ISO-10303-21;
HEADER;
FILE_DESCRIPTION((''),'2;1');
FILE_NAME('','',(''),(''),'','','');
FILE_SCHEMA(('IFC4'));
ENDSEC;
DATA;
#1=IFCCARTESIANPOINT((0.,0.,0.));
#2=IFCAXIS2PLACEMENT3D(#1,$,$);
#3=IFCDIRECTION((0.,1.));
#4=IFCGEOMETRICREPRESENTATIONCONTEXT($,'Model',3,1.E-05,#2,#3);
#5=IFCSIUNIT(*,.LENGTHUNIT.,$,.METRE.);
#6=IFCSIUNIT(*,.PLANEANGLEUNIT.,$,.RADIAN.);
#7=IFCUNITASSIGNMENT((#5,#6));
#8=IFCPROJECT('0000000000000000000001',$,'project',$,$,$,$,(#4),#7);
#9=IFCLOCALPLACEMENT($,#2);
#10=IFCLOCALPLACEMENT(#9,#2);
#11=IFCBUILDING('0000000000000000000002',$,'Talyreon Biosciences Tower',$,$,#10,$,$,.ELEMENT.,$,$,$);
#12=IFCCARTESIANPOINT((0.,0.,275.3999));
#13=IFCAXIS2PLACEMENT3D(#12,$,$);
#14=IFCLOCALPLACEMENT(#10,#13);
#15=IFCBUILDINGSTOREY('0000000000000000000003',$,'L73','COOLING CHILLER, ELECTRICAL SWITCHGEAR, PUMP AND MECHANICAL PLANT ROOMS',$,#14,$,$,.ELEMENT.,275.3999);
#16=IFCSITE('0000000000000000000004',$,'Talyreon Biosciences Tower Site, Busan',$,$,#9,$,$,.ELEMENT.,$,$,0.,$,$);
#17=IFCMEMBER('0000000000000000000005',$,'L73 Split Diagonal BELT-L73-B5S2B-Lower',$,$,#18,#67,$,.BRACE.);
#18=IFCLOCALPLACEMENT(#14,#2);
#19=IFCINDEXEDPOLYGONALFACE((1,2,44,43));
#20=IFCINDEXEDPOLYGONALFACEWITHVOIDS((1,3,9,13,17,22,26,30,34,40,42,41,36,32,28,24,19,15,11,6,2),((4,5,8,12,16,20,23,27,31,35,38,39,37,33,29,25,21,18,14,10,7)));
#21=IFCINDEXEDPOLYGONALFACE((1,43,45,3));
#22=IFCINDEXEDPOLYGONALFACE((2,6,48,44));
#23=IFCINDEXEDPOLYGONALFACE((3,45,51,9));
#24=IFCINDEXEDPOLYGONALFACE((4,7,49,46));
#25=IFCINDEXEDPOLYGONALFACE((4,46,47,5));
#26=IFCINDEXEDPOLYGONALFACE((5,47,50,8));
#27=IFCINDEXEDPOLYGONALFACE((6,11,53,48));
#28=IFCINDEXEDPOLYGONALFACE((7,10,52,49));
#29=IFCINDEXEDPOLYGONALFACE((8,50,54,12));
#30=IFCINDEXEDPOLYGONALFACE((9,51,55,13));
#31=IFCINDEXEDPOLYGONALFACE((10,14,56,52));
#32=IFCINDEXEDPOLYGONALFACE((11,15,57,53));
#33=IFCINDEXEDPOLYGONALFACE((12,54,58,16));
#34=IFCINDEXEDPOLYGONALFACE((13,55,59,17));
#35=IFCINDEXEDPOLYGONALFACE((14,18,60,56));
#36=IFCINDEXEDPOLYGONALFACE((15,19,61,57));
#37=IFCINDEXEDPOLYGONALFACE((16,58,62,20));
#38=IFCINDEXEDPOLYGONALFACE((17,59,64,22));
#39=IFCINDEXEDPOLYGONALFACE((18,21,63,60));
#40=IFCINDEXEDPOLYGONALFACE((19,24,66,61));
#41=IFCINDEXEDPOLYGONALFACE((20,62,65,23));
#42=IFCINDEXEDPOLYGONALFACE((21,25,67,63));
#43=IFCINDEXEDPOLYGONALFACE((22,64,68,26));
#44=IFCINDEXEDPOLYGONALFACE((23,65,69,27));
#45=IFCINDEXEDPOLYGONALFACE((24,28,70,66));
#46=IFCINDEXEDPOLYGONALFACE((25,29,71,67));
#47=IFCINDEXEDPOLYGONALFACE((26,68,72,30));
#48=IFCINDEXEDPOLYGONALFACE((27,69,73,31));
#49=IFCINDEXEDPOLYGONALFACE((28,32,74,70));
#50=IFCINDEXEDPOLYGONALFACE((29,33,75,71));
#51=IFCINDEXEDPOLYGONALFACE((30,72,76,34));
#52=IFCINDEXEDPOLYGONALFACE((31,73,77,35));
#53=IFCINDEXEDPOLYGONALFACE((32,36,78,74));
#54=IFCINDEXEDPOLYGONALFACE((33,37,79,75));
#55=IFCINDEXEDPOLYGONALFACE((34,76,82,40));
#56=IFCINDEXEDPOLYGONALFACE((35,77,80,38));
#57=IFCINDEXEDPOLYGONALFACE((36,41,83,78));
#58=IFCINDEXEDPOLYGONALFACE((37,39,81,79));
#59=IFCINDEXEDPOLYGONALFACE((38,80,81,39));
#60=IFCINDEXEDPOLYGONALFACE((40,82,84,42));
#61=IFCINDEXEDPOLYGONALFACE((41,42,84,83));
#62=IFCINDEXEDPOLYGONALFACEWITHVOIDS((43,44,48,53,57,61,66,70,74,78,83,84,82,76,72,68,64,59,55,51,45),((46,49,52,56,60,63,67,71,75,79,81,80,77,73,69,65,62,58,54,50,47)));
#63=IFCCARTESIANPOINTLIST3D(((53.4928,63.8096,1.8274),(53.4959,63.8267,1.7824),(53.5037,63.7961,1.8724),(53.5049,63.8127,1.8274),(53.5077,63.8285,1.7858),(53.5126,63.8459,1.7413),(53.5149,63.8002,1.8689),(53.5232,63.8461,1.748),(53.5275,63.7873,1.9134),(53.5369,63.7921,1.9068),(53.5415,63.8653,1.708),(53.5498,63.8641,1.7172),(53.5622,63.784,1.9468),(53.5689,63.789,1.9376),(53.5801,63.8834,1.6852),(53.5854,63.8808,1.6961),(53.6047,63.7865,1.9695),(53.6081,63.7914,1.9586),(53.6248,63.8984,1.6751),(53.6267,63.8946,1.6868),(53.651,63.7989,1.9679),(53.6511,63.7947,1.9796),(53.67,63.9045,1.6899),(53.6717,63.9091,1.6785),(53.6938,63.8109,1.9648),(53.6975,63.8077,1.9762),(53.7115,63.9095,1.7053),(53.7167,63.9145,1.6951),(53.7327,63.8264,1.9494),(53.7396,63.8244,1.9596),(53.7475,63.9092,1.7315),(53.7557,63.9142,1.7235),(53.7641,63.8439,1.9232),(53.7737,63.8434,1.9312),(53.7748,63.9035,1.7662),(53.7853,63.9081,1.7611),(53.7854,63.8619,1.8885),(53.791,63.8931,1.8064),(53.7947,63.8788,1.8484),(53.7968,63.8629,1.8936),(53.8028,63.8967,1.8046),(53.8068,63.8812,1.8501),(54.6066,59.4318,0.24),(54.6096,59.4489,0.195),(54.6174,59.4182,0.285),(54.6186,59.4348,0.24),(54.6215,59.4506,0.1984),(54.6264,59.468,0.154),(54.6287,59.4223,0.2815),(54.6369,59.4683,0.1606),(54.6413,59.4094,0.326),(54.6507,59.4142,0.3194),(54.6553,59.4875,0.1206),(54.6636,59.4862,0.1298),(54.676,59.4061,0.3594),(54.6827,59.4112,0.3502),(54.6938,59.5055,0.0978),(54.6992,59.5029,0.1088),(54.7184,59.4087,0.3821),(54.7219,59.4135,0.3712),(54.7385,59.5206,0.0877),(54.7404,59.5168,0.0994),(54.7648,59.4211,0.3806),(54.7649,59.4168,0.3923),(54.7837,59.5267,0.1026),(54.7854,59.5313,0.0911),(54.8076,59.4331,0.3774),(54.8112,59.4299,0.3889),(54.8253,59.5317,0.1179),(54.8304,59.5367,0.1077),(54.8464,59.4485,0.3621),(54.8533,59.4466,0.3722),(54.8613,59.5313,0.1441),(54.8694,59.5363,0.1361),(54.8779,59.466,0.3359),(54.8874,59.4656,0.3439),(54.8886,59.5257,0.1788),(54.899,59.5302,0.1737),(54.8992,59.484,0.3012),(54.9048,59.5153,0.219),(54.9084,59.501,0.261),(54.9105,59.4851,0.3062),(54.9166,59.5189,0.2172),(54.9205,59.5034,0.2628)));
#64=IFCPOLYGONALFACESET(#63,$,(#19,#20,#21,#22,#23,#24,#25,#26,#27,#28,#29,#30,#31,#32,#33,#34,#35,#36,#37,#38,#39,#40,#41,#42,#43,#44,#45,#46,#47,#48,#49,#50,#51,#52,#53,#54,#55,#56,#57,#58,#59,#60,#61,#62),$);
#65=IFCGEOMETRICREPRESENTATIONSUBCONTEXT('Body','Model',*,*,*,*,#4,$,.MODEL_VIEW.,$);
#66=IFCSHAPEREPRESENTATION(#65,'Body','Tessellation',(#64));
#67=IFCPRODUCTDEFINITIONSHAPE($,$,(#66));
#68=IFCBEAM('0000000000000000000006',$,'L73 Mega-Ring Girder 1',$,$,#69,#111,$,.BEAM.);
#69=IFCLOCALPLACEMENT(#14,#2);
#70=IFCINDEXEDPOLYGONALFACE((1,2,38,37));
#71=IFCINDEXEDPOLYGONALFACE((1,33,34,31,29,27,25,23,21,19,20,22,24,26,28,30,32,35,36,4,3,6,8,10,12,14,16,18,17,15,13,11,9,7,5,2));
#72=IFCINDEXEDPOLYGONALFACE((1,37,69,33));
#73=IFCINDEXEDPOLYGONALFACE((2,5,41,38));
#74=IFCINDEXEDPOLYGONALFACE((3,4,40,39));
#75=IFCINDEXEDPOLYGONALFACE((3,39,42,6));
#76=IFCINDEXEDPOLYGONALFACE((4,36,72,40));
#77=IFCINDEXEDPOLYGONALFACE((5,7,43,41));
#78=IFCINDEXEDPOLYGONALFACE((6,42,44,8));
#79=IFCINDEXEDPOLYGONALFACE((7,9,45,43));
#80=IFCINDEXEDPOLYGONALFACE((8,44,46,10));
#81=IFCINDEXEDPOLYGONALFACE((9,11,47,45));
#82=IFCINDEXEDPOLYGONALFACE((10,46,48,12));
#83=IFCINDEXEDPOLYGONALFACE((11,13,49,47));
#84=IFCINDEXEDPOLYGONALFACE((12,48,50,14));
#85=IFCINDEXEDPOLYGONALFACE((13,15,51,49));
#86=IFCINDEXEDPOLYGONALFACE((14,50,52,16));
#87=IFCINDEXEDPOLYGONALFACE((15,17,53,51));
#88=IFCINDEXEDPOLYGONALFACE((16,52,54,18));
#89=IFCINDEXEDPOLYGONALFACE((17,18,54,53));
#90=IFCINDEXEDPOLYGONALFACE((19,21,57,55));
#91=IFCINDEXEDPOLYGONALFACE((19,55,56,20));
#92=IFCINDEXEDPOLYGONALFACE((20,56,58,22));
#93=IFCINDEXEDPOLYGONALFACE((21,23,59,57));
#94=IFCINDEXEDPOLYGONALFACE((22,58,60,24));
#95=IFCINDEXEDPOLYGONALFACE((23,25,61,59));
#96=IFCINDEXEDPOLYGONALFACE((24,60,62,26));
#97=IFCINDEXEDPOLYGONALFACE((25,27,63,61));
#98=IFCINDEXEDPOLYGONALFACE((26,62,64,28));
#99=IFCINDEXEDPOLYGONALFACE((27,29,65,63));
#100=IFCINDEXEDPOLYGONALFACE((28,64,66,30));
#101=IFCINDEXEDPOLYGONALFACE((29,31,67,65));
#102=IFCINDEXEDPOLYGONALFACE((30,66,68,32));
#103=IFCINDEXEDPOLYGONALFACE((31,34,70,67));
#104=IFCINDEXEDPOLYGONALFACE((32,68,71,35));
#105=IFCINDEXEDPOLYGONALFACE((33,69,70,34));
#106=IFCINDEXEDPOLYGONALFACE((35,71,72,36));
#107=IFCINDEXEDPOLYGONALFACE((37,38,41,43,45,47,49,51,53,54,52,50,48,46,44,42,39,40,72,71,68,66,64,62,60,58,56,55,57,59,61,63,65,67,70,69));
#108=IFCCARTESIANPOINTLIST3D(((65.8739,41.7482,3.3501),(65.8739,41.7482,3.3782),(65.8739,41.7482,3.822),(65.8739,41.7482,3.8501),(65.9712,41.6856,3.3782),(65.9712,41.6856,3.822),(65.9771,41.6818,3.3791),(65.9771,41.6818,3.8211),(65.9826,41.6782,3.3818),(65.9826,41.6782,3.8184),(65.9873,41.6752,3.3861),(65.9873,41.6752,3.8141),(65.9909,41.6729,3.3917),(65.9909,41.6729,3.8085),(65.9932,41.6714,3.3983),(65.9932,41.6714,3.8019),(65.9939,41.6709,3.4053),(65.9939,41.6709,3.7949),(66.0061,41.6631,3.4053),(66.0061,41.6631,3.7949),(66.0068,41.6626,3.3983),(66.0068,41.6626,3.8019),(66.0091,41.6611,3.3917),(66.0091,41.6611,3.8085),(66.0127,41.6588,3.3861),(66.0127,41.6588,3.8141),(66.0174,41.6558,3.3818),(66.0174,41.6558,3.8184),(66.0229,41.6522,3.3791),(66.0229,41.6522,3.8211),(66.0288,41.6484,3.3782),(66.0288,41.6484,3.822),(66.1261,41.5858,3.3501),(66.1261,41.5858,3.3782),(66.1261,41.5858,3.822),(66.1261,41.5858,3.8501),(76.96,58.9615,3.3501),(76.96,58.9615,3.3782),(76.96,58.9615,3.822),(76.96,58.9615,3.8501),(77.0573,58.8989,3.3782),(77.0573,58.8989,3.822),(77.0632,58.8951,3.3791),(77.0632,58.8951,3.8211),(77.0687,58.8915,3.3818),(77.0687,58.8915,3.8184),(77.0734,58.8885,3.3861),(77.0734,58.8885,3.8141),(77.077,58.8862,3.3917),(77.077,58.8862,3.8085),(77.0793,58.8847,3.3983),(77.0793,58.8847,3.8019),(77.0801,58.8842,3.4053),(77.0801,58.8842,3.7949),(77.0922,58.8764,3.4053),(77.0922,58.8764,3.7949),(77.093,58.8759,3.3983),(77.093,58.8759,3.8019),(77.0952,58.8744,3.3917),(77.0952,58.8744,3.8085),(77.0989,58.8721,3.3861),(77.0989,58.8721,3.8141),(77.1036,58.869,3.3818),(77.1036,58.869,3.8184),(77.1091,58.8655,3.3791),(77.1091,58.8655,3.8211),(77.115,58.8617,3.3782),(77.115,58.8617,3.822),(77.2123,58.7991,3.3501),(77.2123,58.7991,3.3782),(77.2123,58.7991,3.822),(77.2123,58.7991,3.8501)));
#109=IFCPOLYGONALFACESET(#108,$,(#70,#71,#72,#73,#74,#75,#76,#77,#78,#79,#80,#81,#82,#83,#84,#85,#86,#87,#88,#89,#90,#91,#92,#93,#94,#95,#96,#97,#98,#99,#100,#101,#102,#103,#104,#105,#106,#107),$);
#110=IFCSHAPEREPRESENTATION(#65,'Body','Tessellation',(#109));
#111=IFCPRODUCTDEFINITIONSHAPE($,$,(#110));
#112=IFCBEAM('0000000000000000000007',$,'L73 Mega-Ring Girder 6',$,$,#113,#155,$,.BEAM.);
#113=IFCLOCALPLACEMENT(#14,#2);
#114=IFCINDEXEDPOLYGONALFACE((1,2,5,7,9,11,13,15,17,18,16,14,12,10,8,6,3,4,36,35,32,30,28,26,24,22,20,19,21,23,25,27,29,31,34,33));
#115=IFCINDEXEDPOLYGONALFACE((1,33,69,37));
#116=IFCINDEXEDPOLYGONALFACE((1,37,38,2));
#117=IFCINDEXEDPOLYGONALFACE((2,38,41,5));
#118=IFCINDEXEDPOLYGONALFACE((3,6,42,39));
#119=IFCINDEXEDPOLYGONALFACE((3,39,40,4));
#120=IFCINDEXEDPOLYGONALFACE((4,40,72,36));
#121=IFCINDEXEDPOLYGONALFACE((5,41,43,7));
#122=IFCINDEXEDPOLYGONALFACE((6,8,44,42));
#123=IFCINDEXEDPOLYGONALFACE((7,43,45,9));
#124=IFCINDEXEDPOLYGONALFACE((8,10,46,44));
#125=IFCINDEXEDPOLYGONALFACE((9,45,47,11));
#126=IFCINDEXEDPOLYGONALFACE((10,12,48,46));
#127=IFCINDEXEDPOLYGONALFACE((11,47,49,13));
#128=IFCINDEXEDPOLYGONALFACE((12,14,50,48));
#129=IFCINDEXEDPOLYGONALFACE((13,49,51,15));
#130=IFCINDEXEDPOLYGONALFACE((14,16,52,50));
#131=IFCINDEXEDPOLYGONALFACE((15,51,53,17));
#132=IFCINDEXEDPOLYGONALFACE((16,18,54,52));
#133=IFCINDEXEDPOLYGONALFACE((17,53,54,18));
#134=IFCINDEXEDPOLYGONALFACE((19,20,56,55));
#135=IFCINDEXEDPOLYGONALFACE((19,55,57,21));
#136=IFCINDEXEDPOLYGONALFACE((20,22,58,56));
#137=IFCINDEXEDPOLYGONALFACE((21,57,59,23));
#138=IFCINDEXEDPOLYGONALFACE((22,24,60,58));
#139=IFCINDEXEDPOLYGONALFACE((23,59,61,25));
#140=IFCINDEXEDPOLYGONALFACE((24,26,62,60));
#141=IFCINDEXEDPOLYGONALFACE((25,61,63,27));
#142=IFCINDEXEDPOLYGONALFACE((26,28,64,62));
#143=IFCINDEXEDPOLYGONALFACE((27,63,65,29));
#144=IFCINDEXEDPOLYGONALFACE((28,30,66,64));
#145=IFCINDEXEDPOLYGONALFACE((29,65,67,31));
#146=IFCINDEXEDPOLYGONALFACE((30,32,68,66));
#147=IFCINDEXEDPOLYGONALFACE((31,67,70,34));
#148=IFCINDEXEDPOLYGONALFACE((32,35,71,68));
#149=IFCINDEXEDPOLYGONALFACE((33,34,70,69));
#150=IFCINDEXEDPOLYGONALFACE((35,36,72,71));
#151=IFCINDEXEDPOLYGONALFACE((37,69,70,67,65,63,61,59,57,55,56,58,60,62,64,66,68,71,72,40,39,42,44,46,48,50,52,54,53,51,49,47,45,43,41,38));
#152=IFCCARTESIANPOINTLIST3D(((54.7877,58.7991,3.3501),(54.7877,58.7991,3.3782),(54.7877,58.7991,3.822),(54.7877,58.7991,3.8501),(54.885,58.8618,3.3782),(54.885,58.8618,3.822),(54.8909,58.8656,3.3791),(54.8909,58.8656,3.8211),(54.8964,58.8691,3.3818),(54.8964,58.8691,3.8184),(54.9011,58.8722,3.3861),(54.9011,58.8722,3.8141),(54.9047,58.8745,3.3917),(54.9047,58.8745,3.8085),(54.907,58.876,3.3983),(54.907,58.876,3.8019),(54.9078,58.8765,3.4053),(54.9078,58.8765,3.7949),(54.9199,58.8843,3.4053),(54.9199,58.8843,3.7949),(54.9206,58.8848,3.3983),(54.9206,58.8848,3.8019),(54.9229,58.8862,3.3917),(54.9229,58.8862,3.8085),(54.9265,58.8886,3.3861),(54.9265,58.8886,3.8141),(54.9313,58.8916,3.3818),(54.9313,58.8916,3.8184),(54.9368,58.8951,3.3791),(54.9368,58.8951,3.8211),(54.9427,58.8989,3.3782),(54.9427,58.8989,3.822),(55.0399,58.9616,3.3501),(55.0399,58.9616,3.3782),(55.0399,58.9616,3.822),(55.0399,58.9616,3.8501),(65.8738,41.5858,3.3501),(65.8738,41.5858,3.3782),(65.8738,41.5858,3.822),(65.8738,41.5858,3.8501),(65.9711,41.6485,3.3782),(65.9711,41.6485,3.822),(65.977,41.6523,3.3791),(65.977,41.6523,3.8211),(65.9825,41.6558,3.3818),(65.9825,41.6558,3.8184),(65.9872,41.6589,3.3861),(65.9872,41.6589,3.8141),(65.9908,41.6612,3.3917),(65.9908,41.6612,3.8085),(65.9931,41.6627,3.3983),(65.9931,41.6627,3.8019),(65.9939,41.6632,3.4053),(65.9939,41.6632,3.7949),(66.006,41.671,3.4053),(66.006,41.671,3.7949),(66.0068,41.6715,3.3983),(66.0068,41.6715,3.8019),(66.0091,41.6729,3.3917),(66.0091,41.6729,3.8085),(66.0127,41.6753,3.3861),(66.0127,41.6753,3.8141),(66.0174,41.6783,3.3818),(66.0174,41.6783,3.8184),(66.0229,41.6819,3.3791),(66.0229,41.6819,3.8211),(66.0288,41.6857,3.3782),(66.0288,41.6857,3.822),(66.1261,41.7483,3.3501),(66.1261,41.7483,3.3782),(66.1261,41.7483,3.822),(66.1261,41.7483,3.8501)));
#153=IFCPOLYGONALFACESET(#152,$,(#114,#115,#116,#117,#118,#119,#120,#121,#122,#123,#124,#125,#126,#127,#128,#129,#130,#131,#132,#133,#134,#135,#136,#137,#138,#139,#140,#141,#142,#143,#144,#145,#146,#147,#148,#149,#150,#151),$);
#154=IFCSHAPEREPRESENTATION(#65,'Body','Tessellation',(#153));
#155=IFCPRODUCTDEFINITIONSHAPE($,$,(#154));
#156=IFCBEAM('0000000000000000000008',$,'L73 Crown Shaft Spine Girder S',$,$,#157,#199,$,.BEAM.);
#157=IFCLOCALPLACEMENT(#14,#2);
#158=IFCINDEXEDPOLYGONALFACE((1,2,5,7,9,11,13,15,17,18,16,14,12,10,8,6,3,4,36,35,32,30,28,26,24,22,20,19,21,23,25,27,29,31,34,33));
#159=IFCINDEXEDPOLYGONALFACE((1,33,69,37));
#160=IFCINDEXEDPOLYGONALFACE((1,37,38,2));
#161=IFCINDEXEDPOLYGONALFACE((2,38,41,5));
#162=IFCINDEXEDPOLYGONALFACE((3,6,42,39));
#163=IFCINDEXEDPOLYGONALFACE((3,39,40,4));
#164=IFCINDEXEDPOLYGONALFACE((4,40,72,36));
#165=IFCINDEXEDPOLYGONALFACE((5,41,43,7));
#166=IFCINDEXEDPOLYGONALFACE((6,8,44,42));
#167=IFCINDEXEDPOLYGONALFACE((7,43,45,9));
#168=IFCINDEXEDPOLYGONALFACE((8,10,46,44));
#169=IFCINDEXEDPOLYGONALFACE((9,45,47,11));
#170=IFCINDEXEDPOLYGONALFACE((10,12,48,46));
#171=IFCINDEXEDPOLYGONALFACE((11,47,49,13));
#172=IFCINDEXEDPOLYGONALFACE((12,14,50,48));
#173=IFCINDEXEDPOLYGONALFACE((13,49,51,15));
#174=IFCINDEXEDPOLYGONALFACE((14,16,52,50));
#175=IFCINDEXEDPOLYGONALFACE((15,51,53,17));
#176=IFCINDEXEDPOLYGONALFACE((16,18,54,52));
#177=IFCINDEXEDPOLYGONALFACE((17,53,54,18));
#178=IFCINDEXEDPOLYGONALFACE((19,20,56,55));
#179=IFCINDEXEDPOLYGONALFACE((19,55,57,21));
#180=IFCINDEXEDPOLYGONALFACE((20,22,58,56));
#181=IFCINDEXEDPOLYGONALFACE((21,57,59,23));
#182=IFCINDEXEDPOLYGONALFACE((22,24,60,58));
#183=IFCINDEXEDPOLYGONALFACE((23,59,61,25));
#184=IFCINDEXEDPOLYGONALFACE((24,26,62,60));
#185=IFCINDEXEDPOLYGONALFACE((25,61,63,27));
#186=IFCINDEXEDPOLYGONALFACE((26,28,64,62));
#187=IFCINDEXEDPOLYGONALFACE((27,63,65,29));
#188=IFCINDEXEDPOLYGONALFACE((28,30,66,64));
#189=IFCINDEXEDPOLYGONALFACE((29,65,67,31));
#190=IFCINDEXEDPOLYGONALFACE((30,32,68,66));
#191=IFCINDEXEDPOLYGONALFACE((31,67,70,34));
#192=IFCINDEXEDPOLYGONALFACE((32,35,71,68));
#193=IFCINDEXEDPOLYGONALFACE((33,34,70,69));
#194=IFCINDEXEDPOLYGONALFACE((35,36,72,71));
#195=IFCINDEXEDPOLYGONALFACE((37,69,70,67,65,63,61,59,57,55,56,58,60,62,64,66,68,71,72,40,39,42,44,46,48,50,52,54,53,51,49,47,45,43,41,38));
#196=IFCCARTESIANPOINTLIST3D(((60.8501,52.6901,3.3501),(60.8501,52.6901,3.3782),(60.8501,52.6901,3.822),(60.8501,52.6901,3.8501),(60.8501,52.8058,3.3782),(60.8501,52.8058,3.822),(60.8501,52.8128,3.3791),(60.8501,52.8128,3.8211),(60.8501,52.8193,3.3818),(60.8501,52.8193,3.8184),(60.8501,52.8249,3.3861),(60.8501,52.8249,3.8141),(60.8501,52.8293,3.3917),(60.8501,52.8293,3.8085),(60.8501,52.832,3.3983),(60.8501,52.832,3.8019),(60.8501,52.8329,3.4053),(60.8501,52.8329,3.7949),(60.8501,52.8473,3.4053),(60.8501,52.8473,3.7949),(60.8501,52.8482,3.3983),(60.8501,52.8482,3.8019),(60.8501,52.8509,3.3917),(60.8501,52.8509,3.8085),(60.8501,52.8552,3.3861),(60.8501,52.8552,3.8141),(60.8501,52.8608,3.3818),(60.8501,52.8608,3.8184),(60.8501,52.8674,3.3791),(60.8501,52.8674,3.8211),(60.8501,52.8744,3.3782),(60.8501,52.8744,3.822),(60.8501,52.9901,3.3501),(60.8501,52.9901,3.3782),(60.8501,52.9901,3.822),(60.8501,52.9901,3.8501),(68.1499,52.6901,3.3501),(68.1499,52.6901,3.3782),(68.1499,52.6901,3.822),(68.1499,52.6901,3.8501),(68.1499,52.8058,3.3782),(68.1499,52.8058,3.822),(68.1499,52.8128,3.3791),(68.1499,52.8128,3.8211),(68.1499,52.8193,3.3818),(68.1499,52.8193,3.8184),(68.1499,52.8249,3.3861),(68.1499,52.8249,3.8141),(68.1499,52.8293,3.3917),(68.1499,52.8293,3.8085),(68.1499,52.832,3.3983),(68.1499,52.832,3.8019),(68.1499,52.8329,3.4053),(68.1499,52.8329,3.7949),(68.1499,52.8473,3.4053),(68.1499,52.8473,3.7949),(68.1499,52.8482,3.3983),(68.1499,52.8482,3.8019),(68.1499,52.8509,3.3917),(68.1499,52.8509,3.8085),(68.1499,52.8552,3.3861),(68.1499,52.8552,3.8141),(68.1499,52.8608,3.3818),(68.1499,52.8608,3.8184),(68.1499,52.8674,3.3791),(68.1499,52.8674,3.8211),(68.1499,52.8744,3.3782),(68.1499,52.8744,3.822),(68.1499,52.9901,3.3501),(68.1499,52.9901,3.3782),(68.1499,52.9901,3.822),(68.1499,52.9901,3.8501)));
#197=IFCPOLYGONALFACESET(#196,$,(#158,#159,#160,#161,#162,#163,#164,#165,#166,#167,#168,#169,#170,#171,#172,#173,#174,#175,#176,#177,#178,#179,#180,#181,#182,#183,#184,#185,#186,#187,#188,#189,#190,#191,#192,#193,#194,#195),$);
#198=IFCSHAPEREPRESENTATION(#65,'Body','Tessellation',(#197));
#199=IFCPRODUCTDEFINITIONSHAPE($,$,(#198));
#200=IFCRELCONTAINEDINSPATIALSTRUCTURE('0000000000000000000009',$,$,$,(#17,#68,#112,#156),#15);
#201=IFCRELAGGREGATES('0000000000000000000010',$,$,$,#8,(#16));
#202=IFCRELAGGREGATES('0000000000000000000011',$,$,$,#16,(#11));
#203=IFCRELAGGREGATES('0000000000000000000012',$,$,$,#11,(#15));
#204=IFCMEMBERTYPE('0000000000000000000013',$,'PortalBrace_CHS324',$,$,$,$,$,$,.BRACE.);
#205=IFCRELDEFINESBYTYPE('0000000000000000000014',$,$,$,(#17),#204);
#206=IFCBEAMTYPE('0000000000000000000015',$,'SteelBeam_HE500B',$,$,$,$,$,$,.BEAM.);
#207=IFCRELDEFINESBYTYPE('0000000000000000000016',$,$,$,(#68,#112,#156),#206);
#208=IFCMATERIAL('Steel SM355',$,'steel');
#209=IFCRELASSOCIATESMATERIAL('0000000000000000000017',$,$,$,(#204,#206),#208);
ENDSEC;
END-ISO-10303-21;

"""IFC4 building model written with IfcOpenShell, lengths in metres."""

from ifc_helpers import new_model, si_unit, direction, frame, origin, origin_2d, place, context, subcontext, project, spatial, hollow_circle, i_section, extrude, material, material_profile, profile_set, type_object, element, save


model = new_model("IFC4")

# Units and contexts
model_context = context("Model", 3, precision=1e-05, world=origin(), true_north=direction((0.0, 1.0)))
body_context = subcontext(model_context, "Body", "Model", "MODEL_VIEW")
ifc_project = project(units=[si_unit("LENGTHUNIT", "METRE"), si_unit("PLANEANGLEUNIT", "RADIAN")], contexts=[model_context])

# Site, building, storey
site_placement = place(None, origin())
site = spatial("IfcSite", under=ifc_project, at=site_placement, Name="Talyreon Biosciences Tower Site, Busan", CompositionType="ELEMENT", RefElevation=0.0)
building_placement = place(site_placement, origin())
building = spatial("IfcBuilding", under=site, at=building_placement, Name="Talyreon Biosciences Tower", CompositionType="ELEMENT")
storey_placement = place(building_placement, frame((0.0, 0.0, 275.3999)))
storey = spatial("IfcBuildingStorey", under=building, at=storey_placement, Name="L73", Description="COOLING CHILLER, ELECTRICAL SWITCHGEAR, PUMP AND MECHANICAL PLANT ROOMS", CompositionType="ELEMENT", Elevation=275.3999)

# Shared definitions
ifc_material_1 = material(Name="Steel SM355", Category="steel")

# Member
ifc_material_profile_1 = material_profile(ifc_material_1, hollow_circle(Radius=0.1619, WallThickness=0.0125, at=origin_2d()), Name="CHS 323.9x12.5")
ifc_profile_set_1 = profile_set([ifc_material_profile_1], Name="Steel SM355")
member_type_1 = type_object("IfcMemberType", Name="PortalBrace_CHS324", PredefinedType="BRACE", material=ifc_profile_set_1)
member_1_placement = place(storey_placement, frame((54.7634, 59.4717, 0.24), z_axis=(-0.232608, 0.914322, 0.331526), x_axis=(-0.96913, -0.246552, 0.0)))
element("IfcMember", 1, at=member_1_placement, inside=storey, type_object=member_type_1, Name="L73 Split Diagonal BELT-L73-B5S2B-Lower", PredefinedType="BRACE", context=body_context, shape_type="SweptSolid", body=[
    extrude(hollow_circle(Radius=0.1619, WallThickness=0.0125, at=origin_2d()), origin(), (0.0, 0.0, 1.0), 4.7881),
])

# Beams
ifc_material_profile_2 = material_profile(ifc_material_1, i_section(OverallWidth=0.3, OverallDepth=0.5, WebThickness=0.0144, FlangeThickness=0.0281, FilletRadius=0.0271, at=origin_2d()), Name="HE500B")
ifc_profile_set_2 = profile_set([ifc_material_profile_2], Name="Steel SM355")
beam_type = type_object("IfcBeamType", Name="SteelBeam_HE500B", PredefinedType="BEAM", material=ifc_profile_set_2)
for number, where, z_axis, x_axis, name in (
    (2, (66.0, 41.667, 3.6001), (0.541464, 0.840724, 0.0), (-0.840724, 0.541464, 0.0), "L73 Mega-Ring Girder 1"),
    (3, (54.9138, 58.8804, 3.6001), (0.541464, -0.840724, 0.0), (0.840724, 0.541464, 0.0), "L73 Mega-Ring Girder 6"),
):
    element("IfcBeam", number, at=place(storey_placement, frame(where, z_axis=z_axis, x_axis=x_axis)), inside=storey, type_object=beam_type, Name=name, PredefinedType="BEAM", context=body_context, shape_type="SweptSolid", body=[
        extrude(i_section(OverallWidth=0.3, OverallDepth=0.5, WebThickness=0.0144, FlangeThickness=0.0281, FilletRadius=0.0271, at=origin_2d()), origin(), (0.0, 0.0, 1.0), 20.4744),
    ])
beam_1_placement = place(storey_placement, frame((60.8501, 52.8401, 3.6001), z_axis=(1.0, 0.0, 0.0), x_axis=(0.0, 1.0, 0.0)))
element("IfcBeam", 4, at=beam_1_placement, inside=storey, type_object=beam_type, Name="L73 Crown Shaft Spine Girder S", PredefinedType="BEAM", context=body_context, shape_type="SweptSolid", body=[
    extrude(i_section(OverallWidth=0.3, OverallDepth=0.5, WebThickness=0.0144, FlangeThickness=0.0281, FilletRadius=0.0271, at=origin_2d()), origin(), (0.0, 0.0, 1.0), 7.2998),
])

save(model, "model.ifc")
